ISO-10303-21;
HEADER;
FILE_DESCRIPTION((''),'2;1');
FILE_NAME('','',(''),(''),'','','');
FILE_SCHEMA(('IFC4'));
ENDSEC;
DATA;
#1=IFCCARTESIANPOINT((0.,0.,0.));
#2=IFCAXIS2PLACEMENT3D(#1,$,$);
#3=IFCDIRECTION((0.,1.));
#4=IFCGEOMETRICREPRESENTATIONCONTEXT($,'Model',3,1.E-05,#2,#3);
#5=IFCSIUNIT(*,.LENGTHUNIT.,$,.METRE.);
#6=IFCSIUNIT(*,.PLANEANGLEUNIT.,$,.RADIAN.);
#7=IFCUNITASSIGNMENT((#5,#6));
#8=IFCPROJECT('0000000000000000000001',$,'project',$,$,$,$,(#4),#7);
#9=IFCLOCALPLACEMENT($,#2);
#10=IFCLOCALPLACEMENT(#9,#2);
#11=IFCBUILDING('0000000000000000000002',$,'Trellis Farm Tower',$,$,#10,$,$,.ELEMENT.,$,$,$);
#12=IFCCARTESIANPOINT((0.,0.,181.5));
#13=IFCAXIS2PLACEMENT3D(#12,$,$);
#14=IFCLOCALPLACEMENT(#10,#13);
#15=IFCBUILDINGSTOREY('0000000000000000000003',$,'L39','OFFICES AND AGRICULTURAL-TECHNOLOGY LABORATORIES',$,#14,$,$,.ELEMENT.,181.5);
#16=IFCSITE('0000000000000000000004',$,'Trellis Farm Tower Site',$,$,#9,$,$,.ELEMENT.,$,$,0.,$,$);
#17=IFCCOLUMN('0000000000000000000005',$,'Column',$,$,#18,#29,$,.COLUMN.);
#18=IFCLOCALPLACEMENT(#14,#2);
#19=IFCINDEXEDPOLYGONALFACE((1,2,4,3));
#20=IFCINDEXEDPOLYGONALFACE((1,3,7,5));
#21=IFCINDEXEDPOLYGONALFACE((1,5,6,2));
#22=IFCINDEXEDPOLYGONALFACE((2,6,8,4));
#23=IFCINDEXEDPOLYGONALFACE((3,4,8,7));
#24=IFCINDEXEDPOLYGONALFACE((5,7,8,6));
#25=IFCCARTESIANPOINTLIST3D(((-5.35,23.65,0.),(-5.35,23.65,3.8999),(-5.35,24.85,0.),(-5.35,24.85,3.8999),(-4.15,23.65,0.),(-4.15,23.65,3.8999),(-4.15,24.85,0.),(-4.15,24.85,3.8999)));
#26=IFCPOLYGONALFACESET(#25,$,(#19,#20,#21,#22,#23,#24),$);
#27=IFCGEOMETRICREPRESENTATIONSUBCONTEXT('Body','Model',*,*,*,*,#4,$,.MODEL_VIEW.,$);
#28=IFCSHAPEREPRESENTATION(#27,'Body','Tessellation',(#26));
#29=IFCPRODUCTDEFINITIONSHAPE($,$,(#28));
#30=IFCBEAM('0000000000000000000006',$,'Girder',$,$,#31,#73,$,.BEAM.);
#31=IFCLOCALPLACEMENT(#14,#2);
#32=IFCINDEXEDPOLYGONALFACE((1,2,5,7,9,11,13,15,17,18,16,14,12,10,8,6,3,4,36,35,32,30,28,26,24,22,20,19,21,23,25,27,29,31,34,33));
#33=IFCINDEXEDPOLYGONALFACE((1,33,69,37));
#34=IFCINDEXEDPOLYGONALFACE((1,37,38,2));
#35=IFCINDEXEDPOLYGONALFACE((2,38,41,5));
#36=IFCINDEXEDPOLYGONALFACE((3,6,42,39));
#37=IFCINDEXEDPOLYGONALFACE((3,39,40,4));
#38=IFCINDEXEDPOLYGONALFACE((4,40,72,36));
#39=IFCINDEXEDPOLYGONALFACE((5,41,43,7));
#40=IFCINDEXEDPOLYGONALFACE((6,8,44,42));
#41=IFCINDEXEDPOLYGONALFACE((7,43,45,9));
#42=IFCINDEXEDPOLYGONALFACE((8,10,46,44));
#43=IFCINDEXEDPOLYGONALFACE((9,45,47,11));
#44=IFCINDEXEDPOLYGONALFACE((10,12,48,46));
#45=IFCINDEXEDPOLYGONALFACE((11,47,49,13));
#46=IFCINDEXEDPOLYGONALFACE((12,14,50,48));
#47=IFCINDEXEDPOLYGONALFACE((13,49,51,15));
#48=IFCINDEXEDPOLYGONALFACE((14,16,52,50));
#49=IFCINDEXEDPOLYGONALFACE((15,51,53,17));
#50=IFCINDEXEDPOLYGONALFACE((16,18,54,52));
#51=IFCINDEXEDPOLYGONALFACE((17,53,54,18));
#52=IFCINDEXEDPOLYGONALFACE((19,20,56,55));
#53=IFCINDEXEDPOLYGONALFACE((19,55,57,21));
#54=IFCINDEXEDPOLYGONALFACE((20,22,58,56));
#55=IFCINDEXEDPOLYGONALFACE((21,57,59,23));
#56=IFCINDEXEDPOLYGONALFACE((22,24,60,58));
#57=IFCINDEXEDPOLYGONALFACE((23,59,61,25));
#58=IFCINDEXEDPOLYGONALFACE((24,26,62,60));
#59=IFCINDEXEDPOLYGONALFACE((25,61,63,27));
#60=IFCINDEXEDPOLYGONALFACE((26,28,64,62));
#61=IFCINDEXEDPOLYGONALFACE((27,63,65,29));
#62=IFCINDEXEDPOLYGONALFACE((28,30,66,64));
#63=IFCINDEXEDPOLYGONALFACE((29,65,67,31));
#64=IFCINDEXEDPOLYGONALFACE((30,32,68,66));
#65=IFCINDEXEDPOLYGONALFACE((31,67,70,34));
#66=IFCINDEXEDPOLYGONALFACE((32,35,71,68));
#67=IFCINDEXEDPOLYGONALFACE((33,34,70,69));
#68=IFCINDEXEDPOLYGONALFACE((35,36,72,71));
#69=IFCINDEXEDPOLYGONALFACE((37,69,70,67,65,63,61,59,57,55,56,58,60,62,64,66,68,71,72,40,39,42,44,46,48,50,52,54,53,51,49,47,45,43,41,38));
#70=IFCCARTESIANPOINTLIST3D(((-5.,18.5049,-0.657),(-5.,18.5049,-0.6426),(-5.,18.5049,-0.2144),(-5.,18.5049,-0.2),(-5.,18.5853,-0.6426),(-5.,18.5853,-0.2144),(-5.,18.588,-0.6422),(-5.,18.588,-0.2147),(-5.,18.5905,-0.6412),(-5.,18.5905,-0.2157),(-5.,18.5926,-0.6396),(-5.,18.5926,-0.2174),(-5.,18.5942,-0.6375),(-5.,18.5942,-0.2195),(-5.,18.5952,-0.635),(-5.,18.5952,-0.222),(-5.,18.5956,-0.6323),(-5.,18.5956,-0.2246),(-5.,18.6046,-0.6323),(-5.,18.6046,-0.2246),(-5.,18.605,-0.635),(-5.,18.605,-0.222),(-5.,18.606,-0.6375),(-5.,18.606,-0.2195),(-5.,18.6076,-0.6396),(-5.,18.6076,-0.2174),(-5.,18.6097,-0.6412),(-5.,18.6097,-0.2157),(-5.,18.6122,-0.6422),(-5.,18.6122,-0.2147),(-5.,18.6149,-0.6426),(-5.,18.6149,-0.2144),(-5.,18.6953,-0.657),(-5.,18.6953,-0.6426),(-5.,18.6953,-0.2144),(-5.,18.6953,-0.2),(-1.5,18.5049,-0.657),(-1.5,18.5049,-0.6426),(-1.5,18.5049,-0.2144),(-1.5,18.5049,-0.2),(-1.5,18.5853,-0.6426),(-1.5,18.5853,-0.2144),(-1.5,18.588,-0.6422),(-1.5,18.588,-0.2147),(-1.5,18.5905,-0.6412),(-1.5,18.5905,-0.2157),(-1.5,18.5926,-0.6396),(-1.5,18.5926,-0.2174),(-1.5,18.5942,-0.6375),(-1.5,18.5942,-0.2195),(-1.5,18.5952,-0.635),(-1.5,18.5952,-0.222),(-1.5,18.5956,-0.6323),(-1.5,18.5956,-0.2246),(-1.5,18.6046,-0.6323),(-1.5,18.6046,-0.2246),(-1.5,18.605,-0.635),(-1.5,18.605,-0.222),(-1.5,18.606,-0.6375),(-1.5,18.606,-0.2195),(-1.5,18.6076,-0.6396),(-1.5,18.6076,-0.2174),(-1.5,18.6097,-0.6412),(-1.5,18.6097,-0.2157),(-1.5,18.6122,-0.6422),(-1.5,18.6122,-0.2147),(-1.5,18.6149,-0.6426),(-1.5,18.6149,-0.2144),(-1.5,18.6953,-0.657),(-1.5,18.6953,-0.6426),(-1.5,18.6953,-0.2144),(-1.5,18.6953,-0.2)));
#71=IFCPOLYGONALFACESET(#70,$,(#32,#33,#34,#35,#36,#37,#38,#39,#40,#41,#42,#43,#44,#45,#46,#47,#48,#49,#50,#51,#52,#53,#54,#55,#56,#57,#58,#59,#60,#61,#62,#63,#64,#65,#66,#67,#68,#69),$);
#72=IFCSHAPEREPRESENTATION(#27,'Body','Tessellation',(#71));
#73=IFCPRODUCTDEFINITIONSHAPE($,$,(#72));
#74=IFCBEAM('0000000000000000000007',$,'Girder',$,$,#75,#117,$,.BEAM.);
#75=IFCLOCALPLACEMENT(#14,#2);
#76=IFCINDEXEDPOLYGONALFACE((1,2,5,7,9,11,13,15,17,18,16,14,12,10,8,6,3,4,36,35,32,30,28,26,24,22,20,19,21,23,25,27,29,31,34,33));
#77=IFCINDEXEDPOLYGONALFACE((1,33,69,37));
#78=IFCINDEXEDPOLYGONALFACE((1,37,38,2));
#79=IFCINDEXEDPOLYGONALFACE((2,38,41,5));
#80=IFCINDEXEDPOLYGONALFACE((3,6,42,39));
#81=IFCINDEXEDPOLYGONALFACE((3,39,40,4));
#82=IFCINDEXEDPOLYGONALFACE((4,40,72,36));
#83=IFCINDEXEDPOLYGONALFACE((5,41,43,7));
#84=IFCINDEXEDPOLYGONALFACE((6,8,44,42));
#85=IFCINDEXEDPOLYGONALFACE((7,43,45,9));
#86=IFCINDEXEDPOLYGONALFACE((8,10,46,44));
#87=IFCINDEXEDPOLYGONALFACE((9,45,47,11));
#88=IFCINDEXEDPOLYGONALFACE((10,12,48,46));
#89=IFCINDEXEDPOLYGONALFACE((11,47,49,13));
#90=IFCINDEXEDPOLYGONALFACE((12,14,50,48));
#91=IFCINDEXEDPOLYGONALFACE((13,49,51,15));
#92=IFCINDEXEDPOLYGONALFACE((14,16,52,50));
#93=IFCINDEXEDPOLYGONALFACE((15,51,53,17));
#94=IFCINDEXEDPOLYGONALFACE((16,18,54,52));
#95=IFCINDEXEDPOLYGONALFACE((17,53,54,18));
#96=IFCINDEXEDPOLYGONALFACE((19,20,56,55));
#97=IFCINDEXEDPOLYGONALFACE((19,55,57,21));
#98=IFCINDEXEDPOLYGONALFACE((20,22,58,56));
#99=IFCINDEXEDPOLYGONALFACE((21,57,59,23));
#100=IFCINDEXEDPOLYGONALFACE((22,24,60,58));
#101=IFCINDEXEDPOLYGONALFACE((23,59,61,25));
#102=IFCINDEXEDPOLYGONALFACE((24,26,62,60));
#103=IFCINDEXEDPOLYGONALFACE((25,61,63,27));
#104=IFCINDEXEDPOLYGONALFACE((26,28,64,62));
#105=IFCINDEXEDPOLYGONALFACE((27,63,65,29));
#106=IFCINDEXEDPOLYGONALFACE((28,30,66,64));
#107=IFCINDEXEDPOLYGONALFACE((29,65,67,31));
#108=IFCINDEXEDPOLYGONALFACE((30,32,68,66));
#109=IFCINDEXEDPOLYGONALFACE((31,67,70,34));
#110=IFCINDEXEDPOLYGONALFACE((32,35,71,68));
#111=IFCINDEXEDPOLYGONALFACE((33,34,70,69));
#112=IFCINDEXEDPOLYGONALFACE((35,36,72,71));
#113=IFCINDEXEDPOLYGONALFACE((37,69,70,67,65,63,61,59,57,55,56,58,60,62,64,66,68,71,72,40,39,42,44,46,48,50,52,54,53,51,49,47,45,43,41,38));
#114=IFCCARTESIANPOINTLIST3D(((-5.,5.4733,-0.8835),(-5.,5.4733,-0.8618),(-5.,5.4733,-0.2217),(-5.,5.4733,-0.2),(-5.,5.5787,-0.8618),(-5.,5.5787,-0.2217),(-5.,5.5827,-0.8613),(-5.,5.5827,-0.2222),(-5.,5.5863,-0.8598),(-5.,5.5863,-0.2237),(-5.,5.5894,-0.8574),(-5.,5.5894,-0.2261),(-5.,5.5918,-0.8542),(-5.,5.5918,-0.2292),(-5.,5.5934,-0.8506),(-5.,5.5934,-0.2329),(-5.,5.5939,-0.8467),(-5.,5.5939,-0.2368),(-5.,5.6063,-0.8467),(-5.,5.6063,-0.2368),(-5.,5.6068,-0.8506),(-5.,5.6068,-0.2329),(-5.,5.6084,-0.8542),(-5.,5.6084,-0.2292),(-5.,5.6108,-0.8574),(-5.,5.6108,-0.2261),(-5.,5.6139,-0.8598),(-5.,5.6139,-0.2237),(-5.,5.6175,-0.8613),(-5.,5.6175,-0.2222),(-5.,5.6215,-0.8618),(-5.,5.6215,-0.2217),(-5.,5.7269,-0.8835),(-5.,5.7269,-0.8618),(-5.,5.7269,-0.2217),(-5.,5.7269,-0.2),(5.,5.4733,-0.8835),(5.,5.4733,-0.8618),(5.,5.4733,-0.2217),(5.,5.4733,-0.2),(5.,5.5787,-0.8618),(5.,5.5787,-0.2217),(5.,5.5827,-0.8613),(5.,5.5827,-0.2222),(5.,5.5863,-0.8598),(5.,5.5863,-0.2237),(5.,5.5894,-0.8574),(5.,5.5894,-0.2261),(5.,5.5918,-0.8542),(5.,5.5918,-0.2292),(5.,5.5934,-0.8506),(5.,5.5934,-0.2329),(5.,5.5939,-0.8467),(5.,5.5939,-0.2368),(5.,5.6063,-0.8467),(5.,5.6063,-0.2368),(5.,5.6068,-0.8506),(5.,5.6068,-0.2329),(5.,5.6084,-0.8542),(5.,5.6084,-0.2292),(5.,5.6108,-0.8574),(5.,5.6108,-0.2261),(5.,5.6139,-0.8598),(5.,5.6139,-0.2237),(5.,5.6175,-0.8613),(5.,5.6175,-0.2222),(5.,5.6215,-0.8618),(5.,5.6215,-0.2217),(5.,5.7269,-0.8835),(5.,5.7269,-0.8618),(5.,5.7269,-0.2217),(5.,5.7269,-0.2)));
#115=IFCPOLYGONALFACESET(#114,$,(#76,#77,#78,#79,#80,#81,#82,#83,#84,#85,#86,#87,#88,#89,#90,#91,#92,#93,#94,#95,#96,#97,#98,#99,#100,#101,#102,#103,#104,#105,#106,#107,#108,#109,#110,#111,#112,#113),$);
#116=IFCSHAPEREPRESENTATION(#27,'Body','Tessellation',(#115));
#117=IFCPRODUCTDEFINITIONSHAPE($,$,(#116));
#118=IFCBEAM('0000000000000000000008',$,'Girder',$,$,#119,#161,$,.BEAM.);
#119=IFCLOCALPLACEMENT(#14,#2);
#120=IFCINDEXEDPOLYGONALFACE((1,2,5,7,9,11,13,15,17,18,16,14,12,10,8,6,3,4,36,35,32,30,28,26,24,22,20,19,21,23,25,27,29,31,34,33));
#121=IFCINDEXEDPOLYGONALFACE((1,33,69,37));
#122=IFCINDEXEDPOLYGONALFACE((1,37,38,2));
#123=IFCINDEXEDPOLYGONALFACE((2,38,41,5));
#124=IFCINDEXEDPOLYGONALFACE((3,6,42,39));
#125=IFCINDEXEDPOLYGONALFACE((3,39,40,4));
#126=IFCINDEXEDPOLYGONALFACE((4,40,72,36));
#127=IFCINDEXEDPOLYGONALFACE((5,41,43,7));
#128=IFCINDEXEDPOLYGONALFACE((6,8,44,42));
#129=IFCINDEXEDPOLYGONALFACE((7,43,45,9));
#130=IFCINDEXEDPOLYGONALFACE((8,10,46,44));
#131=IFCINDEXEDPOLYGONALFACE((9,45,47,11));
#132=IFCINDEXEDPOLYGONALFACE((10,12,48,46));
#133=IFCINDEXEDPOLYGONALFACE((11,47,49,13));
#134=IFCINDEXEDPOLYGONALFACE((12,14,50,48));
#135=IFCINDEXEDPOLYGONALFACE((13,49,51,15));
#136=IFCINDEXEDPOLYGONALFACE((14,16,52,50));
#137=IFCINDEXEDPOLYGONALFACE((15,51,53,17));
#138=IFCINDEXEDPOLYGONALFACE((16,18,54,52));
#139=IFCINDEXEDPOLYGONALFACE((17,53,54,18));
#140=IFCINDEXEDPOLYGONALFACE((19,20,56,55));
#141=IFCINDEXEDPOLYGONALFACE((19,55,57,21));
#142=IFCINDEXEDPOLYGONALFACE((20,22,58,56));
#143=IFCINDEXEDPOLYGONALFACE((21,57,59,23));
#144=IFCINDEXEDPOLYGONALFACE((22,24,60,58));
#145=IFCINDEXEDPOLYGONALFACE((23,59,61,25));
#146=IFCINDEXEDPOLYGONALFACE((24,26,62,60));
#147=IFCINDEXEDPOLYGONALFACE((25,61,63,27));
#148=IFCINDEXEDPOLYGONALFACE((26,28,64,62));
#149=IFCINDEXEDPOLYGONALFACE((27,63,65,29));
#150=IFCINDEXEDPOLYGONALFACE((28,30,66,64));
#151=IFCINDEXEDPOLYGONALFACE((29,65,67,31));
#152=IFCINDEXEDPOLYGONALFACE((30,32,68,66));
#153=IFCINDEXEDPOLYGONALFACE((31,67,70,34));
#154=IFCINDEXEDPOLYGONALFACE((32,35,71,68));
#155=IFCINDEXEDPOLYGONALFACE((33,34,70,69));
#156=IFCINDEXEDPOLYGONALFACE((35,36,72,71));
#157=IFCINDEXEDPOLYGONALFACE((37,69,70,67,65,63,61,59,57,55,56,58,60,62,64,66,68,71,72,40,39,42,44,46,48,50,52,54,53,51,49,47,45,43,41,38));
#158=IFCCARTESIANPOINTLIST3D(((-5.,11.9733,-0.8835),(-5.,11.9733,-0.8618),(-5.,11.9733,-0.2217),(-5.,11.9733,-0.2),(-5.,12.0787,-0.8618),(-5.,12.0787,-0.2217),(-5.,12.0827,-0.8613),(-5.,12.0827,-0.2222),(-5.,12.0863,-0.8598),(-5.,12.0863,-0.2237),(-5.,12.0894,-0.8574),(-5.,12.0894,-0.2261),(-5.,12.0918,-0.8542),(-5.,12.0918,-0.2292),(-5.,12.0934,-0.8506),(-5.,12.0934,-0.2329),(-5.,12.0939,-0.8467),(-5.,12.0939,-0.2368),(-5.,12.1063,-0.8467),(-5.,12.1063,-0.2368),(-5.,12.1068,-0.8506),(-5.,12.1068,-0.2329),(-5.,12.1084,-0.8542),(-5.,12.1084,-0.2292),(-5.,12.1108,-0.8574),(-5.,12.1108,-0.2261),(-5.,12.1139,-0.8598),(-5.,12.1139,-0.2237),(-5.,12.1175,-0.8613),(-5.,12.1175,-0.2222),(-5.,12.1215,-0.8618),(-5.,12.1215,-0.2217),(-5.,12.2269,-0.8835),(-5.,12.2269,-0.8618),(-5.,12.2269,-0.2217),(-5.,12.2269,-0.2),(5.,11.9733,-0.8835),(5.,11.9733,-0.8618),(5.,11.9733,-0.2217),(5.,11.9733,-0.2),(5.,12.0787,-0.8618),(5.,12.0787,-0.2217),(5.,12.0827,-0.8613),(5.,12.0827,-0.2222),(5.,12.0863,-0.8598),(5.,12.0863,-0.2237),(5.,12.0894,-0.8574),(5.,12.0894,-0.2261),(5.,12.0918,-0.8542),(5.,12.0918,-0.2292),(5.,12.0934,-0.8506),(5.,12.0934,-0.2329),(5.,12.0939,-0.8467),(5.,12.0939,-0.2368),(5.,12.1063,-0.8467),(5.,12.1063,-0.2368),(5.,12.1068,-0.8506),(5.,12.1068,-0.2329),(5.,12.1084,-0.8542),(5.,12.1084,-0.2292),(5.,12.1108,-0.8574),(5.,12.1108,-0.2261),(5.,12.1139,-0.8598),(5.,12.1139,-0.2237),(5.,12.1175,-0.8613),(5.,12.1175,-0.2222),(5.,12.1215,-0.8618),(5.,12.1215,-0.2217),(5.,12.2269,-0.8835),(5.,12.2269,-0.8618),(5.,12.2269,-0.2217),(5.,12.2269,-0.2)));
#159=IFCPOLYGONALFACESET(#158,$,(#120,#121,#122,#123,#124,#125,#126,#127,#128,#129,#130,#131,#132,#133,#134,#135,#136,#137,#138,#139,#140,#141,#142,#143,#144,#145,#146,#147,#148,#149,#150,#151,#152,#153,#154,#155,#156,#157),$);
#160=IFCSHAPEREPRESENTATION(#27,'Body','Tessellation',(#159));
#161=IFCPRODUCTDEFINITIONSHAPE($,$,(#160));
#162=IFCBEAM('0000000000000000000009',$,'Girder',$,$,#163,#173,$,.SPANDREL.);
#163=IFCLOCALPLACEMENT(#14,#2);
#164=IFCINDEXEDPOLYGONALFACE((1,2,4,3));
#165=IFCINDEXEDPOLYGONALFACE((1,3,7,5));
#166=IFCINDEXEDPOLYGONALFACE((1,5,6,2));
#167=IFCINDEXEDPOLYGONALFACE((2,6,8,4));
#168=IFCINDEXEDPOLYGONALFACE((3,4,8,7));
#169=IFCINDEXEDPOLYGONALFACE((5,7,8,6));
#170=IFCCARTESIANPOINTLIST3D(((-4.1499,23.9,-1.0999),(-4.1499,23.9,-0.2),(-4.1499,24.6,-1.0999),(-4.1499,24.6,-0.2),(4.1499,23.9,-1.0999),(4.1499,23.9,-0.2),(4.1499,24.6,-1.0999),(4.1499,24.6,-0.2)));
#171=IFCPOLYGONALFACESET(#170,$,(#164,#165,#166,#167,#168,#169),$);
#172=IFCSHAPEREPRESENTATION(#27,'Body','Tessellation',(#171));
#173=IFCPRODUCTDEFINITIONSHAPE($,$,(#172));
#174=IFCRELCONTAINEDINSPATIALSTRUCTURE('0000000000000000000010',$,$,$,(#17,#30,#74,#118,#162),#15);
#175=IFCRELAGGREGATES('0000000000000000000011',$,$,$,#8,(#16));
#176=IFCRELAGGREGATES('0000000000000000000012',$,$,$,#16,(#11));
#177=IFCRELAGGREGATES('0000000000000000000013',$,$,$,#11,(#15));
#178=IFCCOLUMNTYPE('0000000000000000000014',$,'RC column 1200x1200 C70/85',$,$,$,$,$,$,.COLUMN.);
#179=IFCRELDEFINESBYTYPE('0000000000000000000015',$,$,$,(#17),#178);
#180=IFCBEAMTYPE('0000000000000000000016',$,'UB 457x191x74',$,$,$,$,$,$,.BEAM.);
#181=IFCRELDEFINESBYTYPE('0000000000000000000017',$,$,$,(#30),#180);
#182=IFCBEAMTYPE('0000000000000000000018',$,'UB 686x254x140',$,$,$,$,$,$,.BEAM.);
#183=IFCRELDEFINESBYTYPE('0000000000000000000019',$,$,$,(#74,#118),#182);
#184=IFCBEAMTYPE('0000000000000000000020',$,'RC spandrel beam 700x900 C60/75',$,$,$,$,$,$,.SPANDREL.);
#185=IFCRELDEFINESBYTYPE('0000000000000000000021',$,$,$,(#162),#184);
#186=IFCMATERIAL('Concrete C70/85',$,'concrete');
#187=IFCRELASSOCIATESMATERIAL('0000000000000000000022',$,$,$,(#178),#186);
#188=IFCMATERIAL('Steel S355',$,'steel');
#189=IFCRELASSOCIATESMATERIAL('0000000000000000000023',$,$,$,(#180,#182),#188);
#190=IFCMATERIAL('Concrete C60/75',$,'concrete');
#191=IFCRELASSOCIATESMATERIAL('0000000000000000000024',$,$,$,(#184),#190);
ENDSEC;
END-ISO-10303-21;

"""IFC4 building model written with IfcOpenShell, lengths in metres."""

from ifc_helpers import new_model, si_unit, direction, frame, origin, origin_2d, place, context, subcontext, project, spatial, rectangle, i_section, extrude, source, transform, mapped, material, material_profile, profile_set, type_object, element, save


model = new_model("IFC4")

# Units and contexts
model_context = context("Model", 3, precision=1e-05, world=origin(), true_north=direction((0.0, 1.0)))
body_context = subcontext(model_context, "Body", "Model", "MODEL_VIEW")
ifc_project = project(units=[si_unit("LENGTHUNIT", "METRE"), si_unit("PLANEANGLEUNIT", "RADIAN")], contexts=[model_context])

# Site, building, storey
site_placement = place(None, origin())
site = spatial("IfcSite", under=ifc_project, at=site_placement, Name="Trellis Farm Tower Site", CompositionType="ELEMENT", RefElevation=0.0)
building_placement = place(site_placement, origin())
building = spatial("IfcBuilding", under=site, at=building_placement, Name="Trellis Farm Tower", CompositionType="ELEMENT")
storey_placement = place(building_placement, frame((0.0, 0.0, 181.5)))
storey = spatial("IfcBuildingStorey", under=building, at=storey_placement, Name="L39", Description="OFFICES AND AGRICULTURAL-TECHNOLOGY LABORATORIES", CompositionType="ELEMENT", Elevation=181.5)

# Column
ifc_material_1 = material(Name="Concrete C70/85", Category="concrete")
ifc_material_profile_1 = material_profile(ifc_material_1, rectangle(XDim=1.2, YDim=1.2, at=origin_2d()), Name="RC column 1200x1200 C70/85")
ifc_profile_set_1 = profile_set([ifc_material_profile_1], Name="Concrete C70/85")
column_type = type_object("IfcColumnType", Name="RC column 1200x1200 C70/85", PredefinedType="COLUMN", material=ifc_profile_set_1)
shared_shape_1 = source(origin(), body_context, "Body", "SweptSolid", [
    extrude(rectangle(XDim=1.2, YDim=1.2, at=origin_2d()), origin(), (0.0, 0.0, 1.0), 3.8999),
])
column_placement = place(storey_placement, frame((-4.75, 24.25, 0.0), z_axis=(0.0, 0.0, 1.0), x_axis=(1.0, 0.0, 0.0)))
element("IfcColumn", 1, at=column_placement, inside=storey, type_object=column_type, Name="Column", PredefinedType="COLUMN", context=body_context, shape_type="MappedRepresentation", body=[
    mapped(shared_shape_1, transform((0.0, 0.0, 0.0))),
])

# Beams
ifc_material_2 = material(Name="Steel S355", Category="steel")
ifc_material_profile_2 = material_profile(ifc_material_2, i_section(OverallWidth=0.1904, OverallDepth=0.457, WebThickness=0.009, FlangeThickness=0.0144, FilletRadius=0.0103, at=origin_2d()), Name="UB 457x191x74")
ifc_profile_set_2 = profile_set([ifc_material_profile_2], Name="Steel S355")
beam_type_1 = type_object("IfcBeamType", Name="UB 457x191x74", PredefinedType="BEAM", material=ifc_profile_set_2)
shared_shape_2 = source(origin(), body_context, "Body", "SweptSolid", [
    extrude(i_section(OverallWidth=0.1904, OverallDepth=0.457, WebThickness=0.009, FlangeThickness=0.0144, FilletRadius=0.0103, at=origin_2d()), origin(), (0.0, 0.0, 1.0), 3.5),
])
beam_1_placement = place(storey_placement, frame((-5.0, 18.6001, -0.4285), z_axis=(1.0, 0.0, 0.0), x_axis=(0.0, 1.0, 0.0)))
element("IfcBeam", 2, at=beam_1_placement, inside=storey, type_object=beam_type_1, Name="Girder", PredefinedType="BEAM", context=body_context, shape_type="MappedRepresentation", body=[
    mapped(shared_shape_2, transform((0.0, 0.0, 0.0))),
])
ifc_material_profile_3 = material_profile(ifc_material_2, i_section(OverallWidth=0.2537, OverallDepth=0.6836, WebThickness=0.0125, FlangeThickness=0.0217, FilletRadius=0.0151, at=origin_2d()), Name="UB 686x254x140")
ifc_profile_set_3 = profile_set([ifc_material_profile_3], Name="Steel S355")
beam_type_2 = type_object("IfcBeamType", Name="UB 686x254x140", PredefinedType="BEAM", material=ifc_profile_set_3)
shared_shape_3 = source(origin(), body_context, "Body", "SweptSolid", [
    extrude(i_section(OverallWidth=0.2537, OverallDepth=0.6836, WebThickness=0.0125, FlangeThickness=0.0217, FilletRadius=0.0151, at=origin_2d()), origin(), (0.0, 0.0, 1.0), 10.0),
])
for number, where, z_axis, x_axis, name in (
    (3, (-5.0, 5.6001, -0.5417), (1.0, 0.0, 0.0), (0.0, 1.0, 0.0), "Girder"),
    (4, (-5.0, 12.1001, -0.5417), (1.0, 0.0, 0.0), (0.0, 1.0, 0.0), "Girder"),
):
    element("IfcBeam", number, at=place(storey_placement, frame(where, z_axis=z_axis, x_axis=x_axis)), inside=storey, type_object=beam_type_2, Name=name, PredefinedType="BEAM", context=body_context, shape_type="MappedRepresentation", body=[
        mapped(shared_shape_3, transform((0.0, 0.0, 0.0))),
    ])
ifc_material_3 = material(Name="Concrete C60/75", Category="concrete")
ifc_material_profile_4 = material_profile(ifc_material_3, rectangle(XDim=0.7, YDim=0.8999, at=origin_2d()), Name="RC spandrel beam 700x900 C60/75")
ifc_profile_set_4 = profile_set([ifc_material_profile_4], Name="Concrete C60/75")
beam_type_3 = type_object("IfcBeamType", Name="RC spandrel beam 700x900 C60/75", PredefinedType="SPANDREL", material=ifc_profile_set_4)
shared_shape_4 = source(origin(), body_context, "Body", "SweptSolid", [
    extrude(rectangle(XDim=0.7, YDim=0.8999, at=origin_2d()), origin(), (0.0, 0.0, 1.0), 8.2998),
])
beam_2_placement = place(storey_placement, frame((-4.1499, 24.25, -0.6499), z_axis=(1.0, 0.0, 0.0), x_axis=(0.0, 1.0, 0.0)))
element("IfcBeam", 5, at=beam_2_placement, inside=storey, type_object=beam_type_3, Name="Girder", PredefinedType="SPANDREL", context=body_context, shape_type="MappedRepresentation", body=[
    mapped(shared_shape_4, transform((0.0, 0.0, 0.0))),
])

save(model, "model.ifc")
